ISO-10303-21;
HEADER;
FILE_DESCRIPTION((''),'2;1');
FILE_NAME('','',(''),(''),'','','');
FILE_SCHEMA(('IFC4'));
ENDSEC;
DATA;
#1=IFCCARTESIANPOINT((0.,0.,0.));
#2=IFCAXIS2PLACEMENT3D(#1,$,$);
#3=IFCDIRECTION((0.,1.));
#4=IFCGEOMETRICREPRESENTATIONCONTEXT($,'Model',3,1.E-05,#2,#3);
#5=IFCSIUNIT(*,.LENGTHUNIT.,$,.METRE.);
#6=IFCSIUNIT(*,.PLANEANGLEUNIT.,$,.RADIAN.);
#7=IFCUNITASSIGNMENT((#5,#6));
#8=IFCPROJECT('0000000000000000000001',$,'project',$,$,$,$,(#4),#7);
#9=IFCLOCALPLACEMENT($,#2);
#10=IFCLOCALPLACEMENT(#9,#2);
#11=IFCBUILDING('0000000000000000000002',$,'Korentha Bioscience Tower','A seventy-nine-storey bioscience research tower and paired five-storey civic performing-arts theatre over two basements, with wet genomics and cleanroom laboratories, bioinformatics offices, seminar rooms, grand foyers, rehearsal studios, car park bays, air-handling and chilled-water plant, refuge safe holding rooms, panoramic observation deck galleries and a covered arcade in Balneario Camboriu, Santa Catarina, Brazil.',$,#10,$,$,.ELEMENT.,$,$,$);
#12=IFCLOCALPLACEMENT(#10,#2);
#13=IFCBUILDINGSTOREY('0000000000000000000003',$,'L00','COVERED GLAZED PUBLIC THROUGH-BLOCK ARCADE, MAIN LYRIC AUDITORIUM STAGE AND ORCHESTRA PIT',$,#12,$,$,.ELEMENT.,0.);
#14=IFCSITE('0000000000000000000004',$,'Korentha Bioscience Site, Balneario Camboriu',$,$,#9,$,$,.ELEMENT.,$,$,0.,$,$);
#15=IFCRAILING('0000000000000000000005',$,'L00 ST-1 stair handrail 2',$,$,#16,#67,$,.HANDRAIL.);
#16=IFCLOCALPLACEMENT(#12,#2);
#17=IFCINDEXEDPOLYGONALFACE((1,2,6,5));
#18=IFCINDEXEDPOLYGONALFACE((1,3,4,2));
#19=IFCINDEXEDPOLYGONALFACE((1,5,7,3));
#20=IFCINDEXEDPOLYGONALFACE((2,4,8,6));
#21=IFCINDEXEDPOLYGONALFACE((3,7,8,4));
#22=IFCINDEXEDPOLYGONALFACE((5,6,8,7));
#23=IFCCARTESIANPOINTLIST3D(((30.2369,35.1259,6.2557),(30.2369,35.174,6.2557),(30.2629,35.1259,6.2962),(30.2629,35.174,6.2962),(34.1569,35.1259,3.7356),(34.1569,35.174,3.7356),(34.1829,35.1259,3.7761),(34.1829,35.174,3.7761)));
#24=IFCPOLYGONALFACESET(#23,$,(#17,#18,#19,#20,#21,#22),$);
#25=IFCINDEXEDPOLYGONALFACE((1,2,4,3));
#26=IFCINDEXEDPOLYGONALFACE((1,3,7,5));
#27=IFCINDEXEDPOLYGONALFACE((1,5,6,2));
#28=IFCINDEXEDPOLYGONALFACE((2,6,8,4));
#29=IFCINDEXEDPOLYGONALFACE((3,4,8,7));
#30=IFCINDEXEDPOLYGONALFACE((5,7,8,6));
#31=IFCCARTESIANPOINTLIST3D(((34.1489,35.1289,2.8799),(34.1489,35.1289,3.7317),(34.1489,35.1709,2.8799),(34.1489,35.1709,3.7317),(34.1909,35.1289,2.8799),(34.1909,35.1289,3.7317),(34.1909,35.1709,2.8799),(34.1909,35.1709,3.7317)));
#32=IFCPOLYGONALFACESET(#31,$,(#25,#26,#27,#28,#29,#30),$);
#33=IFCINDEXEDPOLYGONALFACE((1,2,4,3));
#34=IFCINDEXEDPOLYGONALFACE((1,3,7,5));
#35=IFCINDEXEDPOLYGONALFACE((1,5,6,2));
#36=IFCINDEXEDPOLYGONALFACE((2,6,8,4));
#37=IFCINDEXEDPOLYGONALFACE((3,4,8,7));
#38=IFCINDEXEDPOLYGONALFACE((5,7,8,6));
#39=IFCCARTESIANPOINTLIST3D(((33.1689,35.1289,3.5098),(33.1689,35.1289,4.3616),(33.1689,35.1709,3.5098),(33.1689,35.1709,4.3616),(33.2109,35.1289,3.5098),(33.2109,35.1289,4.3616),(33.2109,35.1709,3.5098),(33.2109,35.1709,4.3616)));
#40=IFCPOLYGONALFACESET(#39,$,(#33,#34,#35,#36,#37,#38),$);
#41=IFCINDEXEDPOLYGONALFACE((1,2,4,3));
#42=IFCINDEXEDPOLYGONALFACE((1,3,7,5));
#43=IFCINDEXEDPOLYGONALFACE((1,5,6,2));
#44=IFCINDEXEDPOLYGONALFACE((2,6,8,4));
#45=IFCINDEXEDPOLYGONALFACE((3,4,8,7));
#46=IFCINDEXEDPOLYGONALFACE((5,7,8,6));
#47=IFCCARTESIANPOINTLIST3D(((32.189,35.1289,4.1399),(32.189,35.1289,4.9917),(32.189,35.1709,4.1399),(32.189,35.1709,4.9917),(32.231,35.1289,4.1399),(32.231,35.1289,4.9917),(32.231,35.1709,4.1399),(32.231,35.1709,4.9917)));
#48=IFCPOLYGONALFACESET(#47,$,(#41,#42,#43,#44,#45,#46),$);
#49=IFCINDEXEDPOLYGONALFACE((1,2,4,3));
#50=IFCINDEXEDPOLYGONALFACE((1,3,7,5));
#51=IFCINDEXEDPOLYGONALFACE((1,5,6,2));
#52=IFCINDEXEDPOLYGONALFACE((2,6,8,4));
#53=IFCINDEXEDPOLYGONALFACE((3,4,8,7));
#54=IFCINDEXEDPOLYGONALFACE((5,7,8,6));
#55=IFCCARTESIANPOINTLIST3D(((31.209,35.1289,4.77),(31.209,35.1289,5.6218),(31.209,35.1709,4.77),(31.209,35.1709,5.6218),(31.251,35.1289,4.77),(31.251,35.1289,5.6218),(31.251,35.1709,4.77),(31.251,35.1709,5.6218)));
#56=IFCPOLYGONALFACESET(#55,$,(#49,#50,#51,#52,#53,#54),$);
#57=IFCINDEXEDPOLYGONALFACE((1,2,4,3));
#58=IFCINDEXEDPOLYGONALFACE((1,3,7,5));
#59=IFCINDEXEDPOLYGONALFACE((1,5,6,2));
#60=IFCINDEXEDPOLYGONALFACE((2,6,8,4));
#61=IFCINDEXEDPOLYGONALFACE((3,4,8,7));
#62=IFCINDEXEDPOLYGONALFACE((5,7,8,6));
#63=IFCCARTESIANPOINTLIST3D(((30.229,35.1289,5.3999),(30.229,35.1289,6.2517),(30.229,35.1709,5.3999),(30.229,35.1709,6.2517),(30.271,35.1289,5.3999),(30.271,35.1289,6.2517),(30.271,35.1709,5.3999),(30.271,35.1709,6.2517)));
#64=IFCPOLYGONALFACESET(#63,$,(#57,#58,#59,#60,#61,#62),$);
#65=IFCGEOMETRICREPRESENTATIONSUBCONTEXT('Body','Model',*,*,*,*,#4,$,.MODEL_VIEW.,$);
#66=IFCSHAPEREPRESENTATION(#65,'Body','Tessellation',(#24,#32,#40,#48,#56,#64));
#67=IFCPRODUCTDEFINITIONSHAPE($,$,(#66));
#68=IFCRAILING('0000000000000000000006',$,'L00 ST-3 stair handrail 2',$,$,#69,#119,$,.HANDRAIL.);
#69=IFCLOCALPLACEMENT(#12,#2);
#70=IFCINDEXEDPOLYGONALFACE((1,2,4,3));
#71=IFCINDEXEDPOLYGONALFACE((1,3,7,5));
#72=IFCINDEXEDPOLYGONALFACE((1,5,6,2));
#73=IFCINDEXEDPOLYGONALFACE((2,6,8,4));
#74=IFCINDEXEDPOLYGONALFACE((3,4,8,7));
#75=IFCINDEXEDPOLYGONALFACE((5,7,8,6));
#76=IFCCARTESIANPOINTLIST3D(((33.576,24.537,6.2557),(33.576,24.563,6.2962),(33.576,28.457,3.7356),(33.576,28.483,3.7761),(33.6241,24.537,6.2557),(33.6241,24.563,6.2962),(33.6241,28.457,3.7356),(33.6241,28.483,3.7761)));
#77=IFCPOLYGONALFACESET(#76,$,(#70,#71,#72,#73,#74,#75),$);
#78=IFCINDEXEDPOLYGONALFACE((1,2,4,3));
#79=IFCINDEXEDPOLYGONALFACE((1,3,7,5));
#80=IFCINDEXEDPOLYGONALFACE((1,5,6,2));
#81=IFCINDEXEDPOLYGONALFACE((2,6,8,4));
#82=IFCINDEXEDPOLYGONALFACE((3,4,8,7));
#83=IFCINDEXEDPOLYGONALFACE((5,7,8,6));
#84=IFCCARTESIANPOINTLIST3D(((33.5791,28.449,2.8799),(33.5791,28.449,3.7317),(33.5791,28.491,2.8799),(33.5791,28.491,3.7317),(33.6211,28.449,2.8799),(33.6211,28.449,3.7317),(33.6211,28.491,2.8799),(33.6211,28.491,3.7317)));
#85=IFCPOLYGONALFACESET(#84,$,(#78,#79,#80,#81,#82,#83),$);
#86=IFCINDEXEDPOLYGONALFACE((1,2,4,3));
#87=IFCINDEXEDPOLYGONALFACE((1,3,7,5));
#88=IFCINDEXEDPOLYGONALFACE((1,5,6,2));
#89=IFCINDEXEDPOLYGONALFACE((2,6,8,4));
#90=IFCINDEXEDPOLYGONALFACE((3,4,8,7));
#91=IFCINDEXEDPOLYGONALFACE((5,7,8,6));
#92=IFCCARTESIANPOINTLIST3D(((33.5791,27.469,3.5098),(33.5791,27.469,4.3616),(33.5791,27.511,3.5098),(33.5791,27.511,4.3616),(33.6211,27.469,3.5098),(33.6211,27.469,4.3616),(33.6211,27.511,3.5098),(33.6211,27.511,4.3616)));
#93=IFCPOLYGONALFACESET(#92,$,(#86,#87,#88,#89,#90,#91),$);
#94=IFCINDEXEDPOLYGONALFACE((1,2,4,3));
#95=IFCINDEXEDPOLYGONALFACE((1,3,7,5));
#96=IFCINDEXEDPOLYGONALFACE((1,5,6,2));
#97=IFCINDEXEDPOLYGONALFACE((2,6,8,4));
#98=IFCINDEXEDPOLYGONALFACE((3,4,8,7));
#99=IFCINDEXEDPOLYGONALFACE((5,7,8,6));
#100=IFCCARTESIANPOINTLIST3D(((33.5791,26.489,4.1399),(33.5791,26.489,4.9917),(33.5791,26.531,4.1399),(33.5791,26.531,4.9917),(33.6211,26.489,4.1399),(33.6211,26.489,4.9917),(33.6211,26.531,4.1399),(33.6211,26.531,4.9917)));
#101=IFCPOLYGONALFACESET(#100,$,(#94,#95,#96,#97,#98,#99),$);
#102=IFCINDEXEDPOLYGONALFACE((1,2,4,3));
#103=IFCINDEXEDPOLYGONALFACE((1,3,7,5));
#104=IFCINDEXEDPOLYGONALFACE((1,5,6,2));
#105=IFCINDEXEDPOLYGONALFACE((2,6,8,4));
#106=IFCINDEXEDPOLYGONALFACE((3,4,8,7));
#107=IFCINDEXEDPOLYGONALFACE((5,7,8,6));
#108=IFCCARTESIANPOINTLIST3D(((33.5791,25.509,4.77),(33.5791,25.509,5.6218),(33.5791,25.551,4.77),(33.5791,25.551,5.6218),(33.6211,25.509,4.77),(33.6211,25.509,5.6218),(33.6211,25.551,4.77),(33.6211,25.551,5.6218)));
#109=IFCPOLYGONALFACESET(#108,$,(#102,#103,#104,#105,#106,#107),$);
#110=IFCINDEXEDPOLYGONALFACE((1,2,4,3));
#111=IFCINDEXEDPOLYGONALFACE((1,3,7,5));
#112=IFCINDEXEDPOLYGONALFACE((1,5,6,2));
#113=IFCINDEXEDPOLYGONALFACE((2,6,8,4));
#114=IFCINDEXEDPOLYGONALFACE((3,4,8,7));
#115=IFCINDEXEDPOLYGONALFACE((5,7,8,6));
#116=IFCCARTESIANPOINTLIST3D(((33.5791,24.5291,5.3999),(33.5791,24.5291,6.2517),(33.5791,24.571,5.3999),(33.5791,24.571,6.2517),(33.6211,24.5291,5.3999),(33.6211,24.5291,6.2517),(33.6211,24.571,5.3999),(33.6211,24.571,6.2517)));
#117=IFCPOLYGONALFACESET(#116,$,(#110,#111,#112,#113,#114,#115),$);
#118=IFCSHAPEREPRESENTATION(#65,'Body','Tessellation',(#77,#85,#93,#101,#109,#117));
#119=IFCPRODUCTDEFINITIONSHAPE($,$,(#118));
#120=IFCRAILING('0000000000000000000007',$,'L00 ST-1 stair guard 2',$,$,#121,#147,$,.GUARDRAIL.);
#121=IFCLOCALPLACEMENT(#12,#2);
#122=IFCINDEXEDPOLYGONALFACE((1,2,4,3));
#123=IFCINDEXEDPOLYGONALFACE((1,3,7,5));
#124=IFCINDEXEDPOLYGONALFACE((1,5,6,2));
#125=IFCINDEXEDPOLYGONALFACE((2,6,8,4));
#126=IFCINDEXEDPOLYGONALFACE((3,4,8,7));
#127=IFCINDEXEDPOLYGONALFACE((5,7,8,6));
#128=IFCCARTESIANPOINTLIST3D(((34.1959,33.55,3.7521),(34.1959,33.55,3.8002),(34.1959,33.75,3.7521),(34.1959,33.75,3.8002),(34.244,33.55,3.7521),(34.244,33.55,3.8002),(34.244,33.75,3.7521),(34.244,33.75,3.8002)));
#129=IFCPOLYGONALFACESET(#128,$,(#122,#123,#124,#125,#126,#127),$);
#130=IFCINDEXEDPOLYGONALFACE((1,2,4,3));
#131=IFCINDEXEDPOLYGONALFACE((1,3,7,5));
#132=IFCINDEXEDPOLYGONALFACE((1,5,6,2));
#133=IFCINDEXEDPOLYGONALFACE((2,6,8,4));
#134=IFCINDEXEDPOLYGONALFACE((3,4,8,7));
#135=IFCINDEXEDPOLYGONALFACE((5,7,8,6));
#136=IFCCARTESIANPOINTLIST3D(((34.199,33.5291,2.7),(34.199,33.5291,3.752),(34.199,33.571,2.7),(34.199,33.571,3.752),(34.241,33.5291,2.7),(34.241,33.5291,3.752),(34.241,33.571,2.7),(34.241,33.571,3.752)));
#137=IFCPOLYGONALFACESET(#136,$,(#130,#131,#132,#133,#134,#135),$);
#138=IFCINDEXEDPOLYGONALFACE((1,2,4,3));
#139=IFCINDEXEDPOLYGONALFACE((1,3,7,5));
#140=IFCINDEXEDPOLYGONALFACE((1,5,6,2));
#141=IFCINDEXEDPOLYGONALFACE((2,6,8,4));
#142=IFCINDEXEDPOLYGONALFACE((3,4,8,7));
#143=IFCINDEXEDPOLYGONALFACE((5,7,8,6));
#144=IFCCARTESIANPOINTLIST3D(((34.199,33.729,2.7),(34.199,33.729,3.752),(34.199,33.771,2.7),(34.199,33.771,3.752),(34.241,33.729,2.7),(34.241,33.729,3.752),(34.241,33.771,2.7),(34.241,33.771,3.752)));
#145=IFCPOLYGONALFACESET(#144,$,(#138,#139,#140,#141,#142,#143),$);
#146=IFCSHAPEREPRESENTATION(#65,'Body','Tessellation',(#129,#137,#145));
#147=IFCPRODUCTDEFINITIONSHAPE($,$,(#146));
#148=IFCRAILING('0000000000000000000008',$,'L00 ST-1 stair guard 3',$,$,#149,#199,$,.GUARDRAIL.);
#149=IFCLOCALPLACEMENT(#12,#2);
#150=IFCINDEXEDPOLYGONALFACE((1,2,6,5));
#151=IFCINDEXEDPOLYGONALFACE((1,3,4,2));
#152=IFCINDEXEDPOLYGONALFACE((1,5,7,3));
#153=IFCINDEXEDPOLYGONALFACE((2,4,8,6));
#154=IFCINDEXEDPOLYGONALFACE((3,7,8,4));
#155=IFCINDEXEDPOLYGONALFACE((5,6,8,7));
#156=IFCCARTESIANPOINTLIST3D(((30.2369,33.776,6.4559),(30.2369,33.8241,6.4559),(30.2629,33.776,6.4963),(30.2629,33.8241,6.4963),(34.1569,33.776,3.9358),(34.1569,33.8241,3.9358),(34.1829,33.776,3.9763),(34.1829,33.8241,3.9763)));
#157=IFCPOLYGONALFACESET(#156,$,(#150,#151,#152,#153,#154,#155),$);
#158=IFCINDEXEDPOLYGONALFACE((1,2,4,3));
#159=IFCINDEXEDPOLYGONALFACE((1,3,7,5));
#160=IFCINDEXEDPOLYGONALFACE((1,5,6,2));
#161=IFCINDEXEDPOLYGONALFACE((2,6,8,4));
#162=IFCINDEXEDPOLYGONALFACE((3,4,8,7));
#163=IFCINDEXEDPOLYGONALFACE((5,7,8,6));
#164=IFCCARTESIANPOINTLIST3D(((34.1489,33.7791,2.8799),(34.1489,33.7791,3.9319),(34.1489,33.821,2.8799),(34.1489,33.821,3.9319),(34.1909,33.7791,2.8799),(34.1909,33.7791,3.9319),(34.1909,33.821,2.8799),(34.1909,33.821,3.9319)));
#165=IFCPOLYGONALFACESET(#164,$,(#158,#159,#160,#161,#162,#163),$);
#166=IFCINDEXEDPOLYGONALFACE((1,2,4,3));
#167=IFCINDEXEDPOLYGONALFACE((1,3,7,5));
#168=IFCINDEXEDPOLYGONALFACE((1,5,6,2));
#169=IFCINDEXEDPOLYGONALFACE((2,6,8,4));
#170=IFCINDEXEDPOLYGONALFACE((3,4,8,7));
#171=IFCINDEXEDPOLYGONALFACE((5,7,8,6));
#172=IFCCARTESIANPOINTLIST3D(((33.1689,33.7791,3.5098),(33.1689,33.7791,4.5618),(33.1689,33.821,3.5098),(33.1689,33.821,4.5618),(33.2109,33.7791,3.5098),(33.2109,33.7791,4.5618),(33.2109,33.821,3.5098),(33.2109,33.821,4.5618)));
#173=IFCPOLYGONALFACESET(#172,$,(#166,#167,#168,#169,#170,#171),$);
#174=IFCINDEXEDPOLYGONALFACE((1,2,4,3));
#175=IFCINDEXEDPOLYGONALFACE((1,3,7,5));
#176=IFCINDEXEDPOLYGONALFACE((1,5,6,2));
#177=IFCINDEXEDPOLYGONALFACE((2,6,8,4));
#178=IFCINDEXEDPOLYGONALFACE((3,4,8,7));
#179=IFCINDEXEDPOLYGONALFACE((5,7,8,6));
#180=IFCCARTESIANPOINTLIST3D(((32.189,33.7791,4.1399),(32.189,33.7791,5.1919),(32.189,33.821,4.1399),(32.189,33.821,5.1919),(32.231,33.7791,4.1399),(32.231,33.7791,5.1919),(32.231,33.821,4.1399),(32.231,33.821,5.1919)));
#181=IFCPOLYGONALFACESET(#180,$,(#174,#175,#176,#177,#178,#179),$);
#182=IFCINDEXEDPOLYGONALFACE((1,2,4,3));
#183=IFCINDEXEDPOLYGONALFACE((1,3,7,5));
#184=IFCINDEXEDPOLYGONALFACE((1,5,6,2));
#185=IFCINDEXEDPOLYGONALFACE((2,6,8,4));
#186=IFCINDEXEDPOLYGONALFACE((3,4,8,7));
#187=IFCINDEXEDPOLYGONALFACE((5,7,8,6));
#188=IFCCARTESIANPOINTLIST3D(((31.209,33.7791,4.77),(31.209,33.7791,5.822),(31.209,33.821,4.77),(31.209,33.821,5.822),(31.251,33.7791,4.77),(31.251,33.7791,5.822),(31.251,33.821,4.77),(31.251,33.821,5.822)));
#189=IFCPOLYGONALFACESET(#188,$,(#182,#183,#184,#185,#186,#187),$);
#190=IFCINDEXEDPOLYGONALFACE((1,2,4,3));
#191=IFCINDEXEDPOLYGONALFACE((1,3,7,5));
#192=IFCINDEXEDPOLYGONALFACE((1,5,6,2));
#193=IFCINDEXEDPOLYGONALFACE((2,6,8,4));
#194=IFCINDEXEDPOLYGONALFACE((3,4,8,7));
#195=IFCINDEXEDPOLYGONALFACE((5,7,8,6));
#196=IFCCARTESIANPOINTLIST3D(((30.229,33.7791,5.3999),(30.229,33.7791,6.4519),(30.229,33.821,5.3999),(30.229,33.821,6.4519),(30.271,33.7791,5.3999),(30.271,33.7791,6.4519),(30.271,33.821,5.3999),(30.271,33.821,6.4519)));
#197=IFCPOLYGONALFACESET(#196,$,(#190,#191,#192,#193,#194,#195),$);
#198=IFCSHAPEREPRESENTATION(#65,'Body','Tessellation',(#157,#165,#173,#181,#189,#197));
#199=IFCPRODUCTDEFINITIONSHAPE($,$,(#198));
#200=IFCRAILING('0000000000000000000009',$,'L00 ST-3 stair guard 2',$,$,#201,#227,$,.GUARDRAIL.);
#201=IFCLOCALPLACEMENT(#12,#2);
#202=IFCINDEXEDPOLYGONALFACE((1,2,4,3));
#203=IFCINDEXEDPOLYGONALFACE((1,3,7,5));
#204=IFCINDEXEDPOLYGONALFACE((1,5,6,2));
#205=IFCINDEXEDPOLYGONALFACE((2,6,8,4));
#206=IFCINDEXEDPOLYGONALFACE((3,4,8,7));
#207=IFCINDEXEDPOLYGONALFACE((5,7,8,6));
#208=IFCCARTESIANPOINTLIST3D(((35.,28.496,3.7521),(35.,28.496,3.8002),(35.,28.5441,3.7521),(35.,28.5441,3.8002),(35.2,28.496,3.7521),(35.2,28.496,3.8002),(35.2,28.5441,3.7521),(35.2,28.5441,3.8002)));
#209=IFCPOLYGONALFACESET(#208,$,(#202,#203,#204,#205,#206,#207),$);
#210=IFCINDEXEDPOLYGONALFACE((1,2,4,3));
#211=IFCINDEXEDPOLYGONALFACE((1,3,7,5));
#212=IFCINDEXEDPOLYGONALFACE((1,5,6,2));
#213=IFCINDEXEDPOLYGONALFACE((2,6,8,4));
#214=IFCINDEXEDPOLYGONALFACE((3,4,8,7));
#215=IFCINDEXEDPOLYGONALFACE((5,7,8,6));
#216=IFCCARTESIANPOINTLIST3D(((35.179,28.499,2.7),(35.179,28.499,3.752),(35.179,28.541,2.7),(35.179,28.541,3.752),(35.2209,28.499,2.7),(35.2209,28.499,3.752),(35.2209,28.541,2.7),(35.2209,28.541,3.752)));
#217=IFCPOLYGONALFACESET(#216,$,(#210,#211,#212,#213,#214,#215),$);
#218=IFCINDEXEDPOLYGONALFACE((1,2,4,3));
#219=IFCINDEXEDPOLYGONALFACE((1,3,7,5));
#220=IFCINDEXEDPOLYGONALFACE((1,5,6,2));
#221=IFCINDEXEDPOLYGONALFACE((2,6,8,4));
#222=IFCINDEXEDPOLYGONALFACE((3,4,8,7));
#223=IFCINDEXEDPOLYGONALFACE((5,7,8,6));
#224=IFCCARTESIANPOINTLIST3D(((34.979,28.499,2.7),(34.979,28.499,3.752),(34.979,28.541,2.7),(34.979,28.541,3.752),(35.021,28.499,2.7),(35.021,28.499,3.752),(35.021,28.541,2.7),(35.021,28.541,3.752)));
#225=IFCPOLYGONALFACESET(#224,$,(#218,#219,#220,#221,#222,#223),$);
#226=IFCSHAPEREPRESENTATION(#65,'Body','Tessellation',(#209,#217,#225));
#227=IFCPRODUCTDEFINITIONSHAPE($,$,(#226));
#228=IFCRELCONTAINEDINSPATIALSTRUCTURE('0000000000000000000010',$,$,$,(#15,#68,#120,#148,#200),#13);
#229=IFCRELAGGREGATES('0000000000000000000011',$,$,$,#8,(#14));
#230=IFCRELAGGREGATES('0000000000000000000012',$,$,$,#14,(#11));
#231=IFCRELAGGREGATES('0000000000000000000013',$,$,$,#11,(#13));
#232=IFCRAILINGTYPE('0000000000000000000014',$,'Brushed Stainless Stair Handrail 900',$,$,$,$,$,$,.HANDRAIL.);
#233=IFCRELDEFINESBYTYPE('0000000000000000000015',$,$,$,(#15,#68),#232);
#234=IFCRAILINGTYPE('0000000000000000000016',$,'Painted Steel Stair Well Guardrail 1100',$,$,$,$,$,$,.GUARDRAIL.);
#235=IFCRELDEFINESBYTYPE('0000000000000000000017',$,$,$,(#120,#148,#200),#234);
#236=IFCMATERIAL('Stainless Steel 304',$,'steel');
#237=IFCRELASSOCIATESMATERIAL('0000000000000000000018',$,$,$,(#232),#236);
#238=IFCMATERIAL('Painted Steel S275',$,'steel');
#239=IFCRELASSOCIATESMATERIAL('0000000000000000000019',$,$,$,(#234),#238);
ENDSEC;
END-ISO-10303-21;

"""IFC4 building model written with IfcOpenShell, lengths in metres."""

from ifc_helpers import new_model, si_unit, direction, frame, origin, origin_2d, place, context, subcontext, project, spatial, rectangle, extrude, material, type_object, element, save


model = new_model("IFC4")

# Units and contexts
model_context = context("Model", 3, precision=1e-05, world=origin(), true_north=direction((0.0, 1.0)))
body_context = subcontext(model_context, "Body", "Model", "MODEL_VIEW")
ifc_project = project(units=[si_unit("LENGTHUNIT", "METRE"), si_unit("PLANEANGLEUNIT", "RADIAN")], contexts=[model_context])

# Site, building, storey
site_placement = place(None, origin())
site = spatial("IfcSite", under=ifc_project, at=site_placement, Name="Korentha Bioscience Site, Balneario Camboriu", CompositionType="ELEMENT", RefElevation=0.0)
building_placement = place(site_placement, origin())
building = spatial("IfcBuilding", under=site, at=building_placement, Name="Korentha Bioscience Tower", Description="A seventy-nine-storey bioscience research tower and paired five-storey civic performing-arts theatre over two basements, with wet genomics and cleanroom laboratories, bioinformatics offices, seminar rooms, grand foyers, rehearsal studios, car park bays, air-handling and chilled-water plant, refuge safe holding rooms, panoramic observation deck galleries and a covered arcade in Balneario Camboriu, Santa Catarina, Brazil.", CompositionType="ELEMENT")
storey_placement = place(building_placement, origin())
storey = spatial("IfcBuildingStorey", under=building, at=storey_placement, Name="L00", Description="COVERED GLAZED PUBLIC THROUGH-BLOCK ARCADE, MAIN LYRIC AUDITORIUM STAGE AND ORCHESTRA PIT", CompositionType="ELEMENT", Elevation=0.0)

# Railings
ifc_material_1 = material(Name="Stainless Steel 304", Category="steel")
railing_type_1 = type_object("IfcRailingType", Name="Brushed Stainless Stair Handrail 900", PredefinedType="HANDRAIL", material=ifc_material_1)
railing_1_placement = place(storey_placement, frame((34.1699, 35.1499, 2.8799)))
element("IfcRailing", 1, at=railing_1_placement, inside=storey, type_object=railing_type_1, Name="L00 ST-1 stair handrail 2", PredefinedType="HANDRAIL", context=body_context, shape_type="SweptSolid", body=[
    extrude(rectangle(XDim=0.0481, YDim=0.0481, at=origin_2d()), frame((0.0, 0.0, 0.876), z_axis=(-0.841172, 0.0, 0.540768), x_axis=(0.0, -1.0, 0.0)), (0.0, 0.0, 1.0), 4.6602),
    extrude(rectangle(XDim=0.042, YDim=0.042, at=origin_2d()), origin(), (0.0, 0.0, 1.0), 0.8518),
    extrude(rectangle(XDim=0.042, YDim=0.042, at=origin_2d()), frame((-0.98, 0.0, 0.6299)), (0.0, 0.0, 1.0), 0.8518),
    extrude(rectangle(XDim=0.042, YDim=0.042, at=origin_2d()), frame((-1.96, 0.0, 1.26)), (0.0, 0.0, 1.0), 0.8518),
    extrude(rectangle(XDim=0.042, YDim=0.042, at=origin_2d()), frame((-2.9399, 0.0, 1.8901)), (0.0, 0.0, 1.0), 0.8518),
    extrude(rectangle(XDim=0.042, YDim=0.042, at=origin_2d()), frame((-3.9199, 0.0, 2.52)), (0.0, 0.0, 1.0), 0.8518),
])
railing_2_placement = place(storey_placement, frame((33.6001, 28.47, 2.8799)))
element("IfcRailing", 2, at=railing_2_placement, inside=storey, type_object=railing_type_1, Name="L00 ST-3 stair handrail 2", PredefinedType="HANDRAIL", context=body_context, shape_type="SweptSolid", body=[
    extrude(rectangle(XDim=0.0481, YDim=0.0481, at=origin_2d()), frame((0.0, 0.0, 0.876), z_axis=(0.0, -0.841172, 0.540768), x_axis=(1.0, 0.0, 0.0)), (0.0, 0.0, 1.0), 4.6602),
    extrude(rectangle(XDim=0.042, YDim=0.042, at=origin_2d()), origin(), (0.0, 0.0, 1.0), 0.8518),
    extrude(rectangle(XDim=0.042, YDim=0.042, at=origin_2d()), frame((0.0, -0.98, 0.6299)), (0.0, 0.0, 1.0), 0.8518),
    extrude(rectangle(XDim=0.042, YDim=0.042, at=origin_2d()), frame((0.0, -1.96, 1.26)), (0.0, 0.0, 1.0), 0.8518),
    extrude(rectangle(XDim=0.042, YDim=0.042, at=origin_2d()), frame((0.0, -2.9399, 1.8901)), (0.0, 0.0, 1.0), 0.8518),
    extrude(rectangle(XDim=0.042, YDim=0.042, at=origin_2d()), frame((0.0, -3.9199, 2.52)), (0.0, 0.0, 1.0), 0.8518),
])
ifc_material_2 = material(Name="Painted Steel S275", Category="steel")
railing_type_2 = type_object("IfcRailingType", Name="Painted Steel Stair Well Guardrail 1100", PredefinedType="GUARDRAIL", material=ifc_material_2)
railing_3_placement = place(storey_placement, frame((34.22, 33.55, 2.7)))
element("IfcRailing", 3, at=railing_3_placement, inside=storey, type_object=railing_type_2, Name="L00 ST-1 stair guard 2", PredefinedType="GUARDRAIL", context=body_context, shape_type="SweptSolid", body=[
    extrude(rectangle(XDim=0.0481, YDim=0.0481, at=origin_2d()), frame((0.0, 0.0, 1.0762), z_axis=(0.0, 1.0, 0.0), x_axis=(-1.0, 0.0, 0.0)), (0.0, 0.0, 1.0), 0.2),
    extrude(rectangle(XDim=0.042, YDim=0.042, at=origin_2d()), origin(), (0.0, 0.0, 1.0), 1.052),
    extrude(rectangle(XDim=0.042, YDim=0.042, at=origin_2d()), frame((0.0, 0.2, 0.0)), (0.0, 0.0, 1.0), 1.052),
])
railing_4_placement = place(storey_placement, frame((34.1699, 33.8, 2.8799)))
element("IfcRailing", 4, at=railing_4_placement, inside=storey, type_object=railing_type_2, Name="L00 ST-1 stair guard 3", PredefinedType="GUARDRAIL", context=body_context, shape_type="SweptSolid", body=[
    extrude(rectangle(XDim=0.0481, YDim=0.0481, at=origin_2d()), frame((0.0, 0.0, 1.0762), z_axis=(-0.841172, 0.0, 0.540768), x_axis=(0.0, -1.0, 0.0)), (0.0, 0.0, 1.0), 4.6602),
    extrude(rectangle(XDim=0.042, YDim=0.042, at=origin_2d()), origin(), (0.0, 0.0, 1.0), 1.052),
    extrude(rectangle(XDim=0.042, YDim=0.042, at=origin_2d()), frame((-0.98, 0.0, 0.6299)), (0.0, 0.0, 1.0), 1.052),
    extrude(rectangle(XDim=0.042, YDim=0.042, at=origin_2d()), frame((-1.96, 0.0, 1.26)), (0.0, 0.0, 1.0), 1.052),
    extrude(rectangle(XDim=0.042, YDim=0.042, at=origin_2d()), frame((-2.9399, 0.0, 1.8901)), (0.0, 0.0, 1.0), 1.052),
    extrude(rectangle(XDim=0.042, YDim=0.042, at=origin_2d()), frame((-3.9199, 0.0, 2.52)), (0.0, 0.0, 1.0), 1.052),
])
railing_5_placement = place(storey_placement, frame((35.2, 28.52, 2.7)))
element("IfcRailing", 5, at=railing_5_placement, inside=storey, type_object=railing_type_2, Name="L00 ST-3 stair guard 2", PredefinedType="GUARDRAIL", context=body_context, shape_type="SweptSolid", body=[
    extrude(rectangle(XDim=0.0481, YDim=0.0481, at=origin_2d()), frame((0.0, 0.0, 1.0762), z_axis=(-1.0, 0.0, 0.0), x_axis=(0.0, -1.0, 0.0)), (0.0, 0.0, 1.0), 0.2),
    extrude(rectangle(XDim=0.042, YDim=0.042, at=origin_2d()), origin(), (0.0, 0.0, 1.0), 1.052),
    extrude(rectangle(XDim=0.042, YDim=0.042, at=origin_2d()), frame((-0.2, 0.0, 0.0)), (0.0, 0.0, 1.0), 1.052),
])

save(model, "model.ifc")
